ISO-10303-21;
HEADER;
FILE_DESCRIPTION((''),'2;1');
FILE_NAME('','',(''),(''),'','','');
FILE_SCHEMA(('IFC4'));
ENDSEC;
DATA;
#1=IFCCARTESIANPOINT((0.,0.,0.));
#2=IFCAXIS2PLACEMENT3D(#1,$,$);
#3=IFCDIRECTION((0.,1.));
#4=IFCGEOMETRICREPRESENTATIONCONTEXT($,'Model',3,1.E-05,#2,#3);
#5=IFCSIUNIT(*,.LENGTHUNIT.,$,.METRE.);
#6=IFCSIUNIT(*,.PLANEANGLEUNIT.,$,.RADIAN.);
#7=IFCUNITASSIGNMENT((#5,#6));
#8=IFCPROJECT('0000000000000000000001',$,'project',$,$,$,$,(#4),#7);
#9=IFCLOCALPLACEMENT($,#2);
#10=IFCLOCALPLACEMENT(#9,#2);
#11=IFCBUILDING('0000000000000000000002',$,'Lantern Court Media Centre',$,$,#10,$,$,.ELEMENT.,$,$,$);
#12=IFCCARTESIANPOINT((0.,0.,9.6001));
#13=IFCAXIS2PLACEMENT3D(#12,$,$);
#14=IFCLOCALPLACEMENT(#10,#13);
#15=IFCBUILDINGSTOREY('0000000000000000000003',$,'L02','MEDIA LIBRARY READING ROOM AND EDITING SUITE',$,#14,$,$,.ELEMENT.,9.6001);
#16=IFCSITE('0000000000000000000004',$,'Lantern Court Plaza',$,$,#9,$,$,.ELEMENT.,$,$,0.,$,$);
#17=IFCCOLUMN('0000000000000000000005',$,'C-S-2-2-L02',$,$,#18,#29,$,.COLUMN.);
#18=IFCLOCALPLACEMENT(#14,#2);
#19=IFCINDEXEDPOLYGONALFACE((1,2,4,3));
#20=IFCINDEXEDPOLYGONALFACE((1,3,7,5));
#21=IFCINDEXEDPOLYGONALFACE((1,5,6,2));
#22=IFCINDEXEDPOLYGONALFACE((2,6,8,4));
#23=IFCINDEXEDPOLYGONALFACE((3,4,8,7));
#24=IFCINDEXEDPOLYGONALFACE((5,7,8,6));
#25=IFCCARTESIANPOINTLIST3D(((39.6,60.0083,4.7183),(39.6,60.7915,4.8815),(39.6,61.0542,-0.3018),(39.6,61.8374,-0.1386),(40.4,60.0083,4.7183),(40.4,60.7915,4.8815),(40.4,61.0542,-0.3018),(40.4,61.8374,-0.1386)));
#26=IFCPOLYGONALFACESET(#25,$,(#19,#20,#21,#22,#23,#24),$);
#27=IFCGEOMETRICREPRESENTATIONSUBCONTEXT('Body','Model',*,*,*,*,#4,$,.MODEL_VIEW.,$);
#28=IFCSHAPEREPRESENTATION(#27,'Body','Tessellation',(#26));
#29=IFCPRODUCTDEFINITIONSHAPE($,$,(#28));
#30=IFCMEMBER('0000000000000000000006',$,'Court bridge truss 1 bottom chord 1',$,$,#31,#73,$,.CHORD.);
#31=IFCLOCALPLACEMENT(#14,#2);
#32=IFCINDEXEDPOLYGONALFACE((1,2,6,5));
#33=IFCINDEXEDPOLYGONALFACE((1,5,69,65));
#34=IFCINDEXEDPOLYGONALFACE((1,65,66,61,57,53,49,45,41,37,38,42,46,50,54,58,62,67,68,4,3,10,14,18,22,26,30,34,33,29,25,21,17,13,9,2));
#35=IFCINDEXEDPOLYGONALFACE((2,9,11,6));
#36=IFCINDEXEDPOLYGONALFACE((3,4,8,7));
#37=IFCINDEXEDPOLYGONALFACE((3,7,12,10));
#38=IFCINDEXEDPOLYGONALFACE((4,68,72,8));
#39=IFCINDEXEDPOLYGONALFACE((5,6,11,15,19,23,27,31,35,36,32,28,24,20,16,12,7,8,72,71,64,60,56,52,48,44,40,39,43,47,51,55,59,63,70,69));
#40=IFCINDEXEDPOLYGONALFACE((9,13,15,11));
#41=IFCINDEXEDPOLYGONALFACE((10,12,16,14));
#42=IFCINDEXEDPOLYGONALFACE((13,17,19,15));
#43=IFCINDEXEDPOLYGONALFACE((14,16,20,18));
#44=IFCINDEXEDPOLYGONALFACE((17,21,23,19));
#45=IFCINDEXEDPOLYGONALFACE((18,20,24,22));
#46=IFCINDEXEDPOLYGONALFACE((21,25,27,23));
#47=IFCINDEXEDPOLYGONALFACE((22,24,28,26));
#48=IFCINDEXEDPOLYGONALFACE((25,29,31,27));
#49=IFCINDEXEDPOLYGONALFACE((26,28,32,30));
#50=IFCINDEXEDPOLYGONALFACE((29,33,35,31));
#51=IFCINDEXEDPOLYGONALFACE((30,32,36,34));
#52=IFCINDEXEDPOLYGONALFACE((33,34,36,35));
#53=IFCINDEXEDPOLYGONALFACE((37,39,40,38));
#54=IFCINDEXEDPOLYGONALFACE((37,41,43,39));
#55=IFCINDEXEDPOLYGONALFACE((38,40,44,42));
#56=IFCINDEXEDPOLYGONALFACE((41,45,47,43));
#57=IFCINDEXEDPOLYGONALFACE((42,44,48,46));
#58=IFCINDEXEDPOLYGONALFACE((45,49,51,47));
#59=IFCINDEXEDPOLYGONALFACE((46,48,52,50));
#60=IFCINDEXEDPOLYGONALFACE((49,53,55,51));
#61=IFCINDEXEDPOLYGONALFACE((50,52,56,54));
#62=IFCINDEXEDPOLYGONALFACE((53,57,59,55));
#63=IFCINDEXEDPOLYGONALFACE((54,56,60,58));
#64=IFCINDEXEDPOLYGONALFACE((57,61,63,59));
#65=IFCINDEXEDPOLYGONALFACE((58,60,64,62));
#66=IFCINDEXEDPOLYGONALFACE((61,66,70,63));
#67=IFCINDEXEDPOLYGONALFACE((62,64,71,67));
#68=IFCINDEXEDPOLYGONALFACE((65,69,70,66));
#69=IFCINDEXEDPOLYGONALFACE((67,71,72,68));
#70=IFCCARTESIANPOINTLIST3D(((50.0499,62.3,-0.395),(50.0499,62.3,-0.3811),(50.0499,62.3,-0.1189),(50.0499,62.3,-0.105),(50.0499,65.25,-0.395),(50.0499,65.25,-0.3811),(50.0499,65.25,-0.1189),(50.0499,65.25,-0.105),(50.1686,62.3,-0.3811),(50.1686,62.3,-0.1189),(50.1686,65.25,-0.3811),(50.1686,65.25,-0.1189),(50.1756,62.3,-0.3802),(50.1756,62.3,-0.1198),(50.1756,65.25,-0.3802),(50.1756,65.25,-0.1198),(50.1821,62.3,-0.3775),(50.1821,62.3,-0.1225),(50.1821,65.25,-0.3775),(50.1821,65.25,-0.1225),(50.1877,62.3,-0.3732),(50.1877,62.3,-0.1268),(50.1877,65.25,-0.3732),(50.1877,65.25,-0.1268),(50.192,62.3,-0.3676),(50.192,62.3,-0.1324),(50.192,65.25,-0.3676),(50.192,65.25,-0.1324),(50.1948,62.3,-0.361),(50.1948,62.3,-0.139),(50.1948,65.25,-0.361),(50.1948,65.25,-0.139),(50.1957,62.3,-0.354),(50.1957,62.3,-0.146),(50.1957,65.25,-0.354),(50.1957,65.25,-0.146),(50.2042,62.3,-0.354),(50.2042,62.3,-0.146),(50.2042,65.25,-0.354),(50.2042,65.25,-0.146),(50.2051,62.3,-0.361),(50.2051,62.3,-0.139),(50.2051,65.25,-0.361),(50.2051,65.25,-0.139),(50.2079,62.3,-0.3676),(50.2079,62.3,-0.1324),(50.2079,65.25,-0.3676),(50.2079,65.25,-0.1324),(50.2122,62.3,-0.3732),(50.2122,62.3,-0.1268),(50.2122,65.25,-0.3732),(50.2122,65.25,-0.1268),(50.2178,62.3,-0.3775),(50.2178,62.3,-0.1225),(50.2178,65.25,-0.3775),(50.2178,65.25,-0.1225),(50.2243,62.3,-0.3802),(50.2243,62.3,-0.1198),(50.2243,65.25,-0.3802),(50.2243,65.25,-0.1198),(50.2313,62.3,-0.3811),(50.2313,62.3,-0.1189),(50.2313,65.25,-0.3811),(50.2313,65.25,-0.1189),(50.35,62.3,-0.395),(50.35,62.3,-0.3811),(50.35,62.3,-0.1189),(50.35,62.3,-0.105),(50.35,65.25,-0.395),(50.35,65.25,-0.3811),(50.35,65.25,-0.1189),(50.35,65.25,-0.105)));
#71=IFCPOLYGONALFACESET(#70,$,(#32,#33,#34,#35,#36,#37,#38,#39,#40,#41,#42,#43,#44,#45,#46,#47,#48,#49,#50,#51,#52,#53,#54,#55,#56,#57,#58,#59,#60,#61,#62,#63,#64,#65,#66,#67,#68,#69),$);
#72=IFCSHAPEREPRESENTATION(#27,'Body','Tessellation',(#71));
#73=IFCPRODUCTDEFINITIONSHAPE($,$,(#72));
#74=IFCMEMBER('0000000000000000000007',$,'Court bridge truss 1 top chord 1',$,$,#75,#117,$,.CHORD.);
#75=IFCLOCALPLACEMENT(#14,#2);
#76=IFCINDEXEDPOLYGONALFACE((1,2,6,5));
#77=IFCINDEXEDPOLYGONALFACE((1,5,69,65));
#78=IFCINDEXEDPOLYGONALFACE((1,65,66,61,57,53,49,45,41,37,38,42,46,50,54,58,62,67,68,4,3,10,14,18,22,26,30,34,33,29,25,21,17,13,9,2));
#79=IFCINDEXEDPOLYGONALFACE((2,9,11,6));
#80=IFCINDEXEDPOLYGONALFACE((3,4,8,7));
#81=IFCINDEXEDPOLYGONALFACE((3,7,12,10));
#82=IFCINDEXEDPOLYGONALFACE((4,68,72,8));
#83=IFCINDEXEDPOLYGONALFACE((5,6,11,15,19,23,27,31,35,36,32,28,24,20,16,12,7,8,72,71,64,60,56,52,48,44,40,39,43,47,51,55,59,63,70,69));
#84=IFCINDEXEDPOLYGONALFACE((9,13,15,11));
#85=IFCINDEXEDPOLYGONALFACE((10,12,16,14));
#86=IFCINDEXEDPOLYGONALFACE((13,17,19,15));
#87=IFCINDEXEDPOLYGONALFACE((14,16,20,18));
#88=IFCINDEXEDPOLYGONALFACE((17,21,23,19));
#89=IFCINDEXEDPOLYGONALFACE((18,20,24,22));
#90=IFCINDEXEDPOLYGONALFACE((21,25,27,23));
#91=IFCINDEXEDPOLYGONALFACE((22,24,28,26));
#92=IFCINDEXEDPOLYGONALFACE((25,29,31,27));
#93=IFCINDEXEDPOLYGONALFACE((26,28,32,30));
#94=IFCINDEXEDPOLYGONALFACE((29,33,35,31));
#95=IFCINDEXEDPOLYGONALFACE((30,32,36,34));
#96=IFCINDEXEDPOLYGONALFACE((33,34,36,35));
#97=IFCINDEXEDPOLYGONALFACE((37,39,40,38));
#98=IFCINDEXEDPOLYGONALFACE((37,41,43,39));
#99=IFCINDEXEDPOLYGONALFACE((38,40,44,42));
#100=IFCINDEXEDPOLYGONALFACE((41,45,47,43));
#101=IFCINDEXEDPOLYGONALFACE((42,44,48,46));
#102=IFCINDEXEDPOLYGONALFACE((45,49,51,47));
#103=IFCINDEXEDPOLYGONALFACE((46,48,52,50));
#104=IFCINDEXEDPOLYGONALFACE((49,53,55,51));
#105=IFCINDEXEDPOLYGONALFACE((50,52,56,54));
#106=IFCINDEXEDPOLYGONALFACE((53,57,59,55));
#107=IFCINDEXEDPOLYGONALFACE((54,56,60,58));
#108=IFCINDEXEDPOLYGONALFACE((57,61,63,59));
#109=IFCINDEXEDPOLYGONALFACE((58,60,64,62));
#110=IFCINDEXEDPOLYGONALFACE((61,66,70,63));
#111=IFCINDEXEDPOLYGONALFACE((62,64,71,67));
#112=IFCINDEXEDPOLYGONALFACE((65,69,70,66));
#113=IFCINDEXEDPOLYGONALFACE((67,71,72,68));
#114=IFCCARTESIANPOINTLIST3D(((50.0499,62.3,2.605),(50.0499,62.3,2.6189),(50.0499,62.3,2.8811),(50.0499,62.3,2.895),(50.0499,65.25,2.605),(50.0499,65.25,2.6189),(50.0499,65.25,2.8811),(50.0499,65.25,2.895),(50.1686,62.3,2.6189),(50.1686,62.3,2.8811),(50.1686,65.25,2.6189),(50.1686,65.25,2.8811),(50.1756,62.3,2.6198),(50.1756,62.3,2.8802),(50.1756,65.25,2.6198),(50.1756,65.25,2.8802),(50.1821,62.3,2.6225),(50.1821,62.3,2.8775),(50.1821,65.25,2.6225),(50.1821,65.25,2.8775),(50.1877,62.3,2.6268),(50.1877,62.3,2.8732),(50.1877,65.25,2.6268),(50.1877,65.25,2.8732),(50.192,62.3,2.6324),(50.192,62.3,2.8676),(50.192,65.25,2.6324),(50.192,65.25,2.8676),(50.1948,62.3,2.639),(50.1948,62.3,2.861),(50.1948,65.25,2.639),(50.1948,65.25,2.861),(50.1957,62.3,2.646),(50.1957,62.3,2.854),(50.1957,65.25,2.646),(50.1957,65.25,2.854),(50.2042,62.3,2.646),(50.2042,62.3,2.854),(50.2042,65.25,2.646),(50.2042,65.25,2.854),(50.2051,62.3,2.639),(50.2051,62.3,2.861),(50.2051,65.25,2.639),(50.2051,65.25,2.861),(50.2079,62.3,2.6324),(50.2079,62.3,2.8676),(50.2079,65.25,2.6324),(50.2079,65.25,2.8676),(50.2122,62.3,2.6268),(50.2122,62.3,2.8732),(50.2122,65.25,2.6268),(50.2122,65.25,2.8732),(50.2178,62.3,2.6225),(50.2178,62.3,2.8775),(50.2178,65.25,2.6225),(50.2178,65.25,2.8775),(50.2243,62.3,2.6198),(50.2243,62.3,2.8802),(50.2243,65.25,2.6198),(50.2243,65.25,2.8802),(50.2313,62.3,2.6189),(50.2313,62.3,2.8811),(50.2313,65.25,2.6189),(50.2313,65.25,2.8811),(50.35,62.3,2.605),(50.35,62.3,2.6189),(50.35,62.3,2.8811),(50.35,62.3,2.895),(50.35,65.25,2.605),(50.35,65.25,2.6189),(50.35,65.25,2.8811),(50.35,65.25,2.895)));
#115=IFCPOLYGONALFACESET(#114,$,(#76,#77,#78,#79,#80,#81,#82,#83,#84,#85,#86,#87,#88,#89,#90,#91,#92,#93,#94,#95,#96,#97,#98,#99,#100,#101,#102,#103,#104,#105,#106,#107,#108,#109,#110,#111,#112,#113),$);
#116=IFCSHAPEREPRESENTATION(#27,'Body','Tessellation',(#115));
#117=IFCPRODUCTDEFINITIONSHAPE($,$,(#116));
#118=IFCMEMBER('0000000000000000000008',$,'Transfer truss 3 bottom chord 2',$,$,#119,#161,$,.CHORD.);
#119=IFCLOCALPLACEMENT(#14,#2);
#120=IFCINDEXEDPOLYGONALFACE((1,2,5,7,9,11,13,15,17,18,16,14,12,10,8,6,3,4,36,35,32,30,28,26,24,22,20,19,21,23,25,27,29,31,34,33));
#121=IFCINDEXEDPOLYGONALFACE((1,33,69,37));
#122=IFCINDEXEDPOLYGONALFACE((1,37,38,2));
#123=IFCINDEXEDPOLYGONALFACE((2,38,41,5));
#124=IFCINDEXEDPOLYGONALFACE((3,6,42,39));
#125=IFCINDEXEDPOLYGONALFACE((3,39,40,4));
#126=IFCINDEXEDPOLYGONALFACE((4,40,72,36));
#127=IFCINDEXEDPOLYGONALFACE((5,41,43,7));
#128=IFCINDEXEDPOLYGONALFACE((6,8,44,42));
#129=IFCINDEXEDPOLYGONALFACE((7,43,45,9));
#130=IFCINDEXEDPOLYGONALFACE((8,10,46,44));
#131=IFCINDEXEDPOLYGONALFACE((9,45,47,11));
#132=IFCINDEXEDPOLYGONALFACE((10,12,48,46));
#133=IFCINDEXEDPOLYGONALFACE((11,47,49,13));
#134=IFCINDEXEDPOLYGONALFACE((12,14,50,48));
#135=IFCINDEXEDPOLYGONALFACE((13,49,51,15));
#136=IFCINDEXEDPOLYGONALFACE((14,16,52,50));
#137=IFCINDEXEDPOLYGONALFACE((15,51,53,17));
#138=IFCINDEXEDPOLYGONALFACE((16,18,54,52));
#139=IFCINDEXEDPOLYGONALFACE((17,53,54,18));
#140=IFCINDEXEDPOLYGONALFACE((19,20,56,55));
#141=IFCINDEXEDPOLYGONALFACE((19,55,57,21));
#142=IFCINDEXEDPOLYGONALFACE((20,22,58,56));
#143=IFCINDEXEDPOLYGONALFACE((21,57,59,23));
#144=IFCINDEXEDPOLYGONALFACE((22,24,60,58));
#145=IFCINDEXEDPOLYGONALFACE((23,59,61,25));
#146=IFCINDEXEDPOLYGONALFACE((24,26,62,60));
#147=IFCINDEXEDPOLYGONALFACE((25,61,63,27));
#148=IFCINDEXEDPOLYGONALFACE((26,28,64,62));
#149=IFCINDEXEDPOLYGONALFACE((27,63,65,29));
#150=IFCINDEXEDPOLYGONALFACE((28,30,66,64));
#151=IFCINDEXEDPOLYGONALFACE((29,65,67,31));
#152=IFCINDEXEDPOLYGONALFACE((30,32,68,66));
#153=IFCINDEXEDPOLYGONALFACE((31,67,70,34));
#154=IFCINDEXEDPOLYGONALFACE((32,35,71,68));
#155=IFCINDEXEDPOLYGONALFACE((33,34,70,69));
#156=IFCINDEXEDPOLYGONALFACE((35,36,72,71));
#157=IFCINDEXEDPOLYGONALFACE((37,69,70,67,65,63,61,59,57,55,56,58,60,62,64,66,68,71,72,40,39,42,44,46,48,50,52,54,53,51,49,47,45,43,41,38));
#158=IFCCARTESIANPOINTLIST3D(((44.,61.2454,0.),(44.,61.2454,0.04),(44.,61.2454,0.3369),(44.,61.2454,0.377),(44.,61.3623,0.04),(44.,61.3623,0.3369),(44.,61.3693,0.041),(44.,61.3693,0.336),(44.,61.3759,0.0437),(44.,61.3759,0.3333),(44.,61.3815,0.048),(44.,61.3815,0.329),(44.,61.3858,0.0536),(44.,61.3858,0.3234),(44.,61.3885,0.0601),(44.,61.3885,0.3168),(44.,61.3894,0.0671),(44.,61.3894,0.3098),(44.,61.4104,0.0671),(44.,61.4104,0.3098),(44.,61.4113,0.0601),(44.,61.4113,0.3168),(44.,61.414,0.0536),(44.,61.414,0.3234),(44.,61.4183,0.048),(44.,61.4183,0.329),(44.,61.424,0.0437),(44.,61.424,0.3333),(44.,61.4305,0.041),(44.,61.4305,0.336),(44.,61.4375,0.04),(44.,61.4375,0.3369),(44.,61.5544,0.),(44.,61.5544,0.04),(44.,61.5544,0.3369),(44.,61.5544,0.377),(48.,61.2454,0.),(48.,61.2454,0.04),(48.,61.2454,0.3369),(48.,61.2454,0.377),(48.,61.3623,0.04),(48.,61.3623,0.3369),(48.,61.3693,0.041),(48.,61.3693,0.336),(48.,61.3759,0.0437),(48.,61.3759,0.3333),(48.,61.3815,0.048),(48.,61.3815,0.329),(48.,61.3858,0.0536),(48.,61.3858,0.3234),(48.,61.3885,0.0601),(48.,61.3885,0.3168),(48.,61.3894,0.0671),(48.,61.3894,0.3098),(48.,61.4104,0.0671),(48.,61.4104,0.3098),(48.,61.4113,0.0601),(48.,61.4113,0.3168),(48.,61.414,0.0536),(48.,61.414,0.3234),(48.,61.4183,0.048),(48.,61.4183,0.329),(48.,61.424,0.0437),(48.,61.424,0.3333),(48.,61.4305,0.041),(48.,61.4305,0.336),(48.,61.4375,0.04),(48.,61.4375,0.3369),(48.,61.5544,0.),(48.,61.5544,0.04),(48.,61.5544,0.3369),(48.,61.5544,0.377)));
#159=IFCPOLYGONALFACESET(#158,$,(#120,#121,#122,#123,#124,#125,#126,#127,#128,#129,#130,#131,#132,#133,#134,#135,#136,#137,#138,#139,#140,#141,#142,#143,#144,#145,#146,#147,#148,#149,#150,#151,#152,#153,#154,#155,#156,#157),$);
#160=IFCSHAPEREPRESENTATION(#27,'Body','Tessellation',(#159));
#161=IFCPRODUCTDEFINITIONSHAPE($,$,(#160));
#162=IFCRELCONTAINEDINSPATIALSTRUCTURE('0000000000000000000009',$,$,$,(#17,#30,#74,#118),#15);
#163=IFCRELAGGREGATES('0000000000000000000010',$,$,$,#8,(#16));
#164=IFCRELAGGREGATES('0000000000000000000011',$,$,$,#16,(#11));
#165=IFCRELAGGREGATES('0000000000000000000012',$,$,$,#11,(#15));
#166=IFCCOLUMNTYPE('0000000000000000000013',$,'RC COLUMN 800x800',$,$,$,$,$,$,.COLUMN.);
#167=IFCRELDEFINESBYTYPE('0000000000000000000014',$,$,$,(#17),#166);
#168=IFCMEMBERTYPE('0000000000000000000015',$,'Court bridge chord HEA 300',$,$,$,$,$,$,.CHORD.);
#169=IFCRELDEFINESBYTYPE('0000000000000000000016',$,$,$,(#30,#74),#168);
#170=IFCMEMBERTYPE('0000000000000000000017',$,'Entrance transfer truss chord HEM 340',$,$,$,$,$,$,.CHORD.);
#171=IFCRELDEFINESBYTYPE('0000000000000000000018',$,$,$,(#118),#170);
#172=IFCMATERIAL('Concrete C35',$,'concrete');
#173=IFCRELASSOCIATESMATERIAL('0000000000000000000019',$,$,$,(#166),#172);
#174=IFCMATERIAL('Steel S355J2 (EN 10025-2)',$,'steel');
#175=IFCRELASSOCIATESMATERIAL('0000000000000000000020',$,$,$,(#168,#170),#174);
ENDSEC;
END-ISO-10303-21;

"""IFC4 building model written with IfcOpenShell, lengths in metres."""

from ifc_helpers import new_model, si_unit, direction, frame, origin, origin_2d, place, context, subcontext, project, spatial, rectangle, i_section, extrude, material, material_profile, profile_set, type_object, element, save


model = new_model("IFC4")

# Units and contexts
model_context = context("Model", 3, precision=1e-05, world=origin(), true_north=direction((0.0, 1.0)))
body_context = subcontext(model_context, "Body", "Model", "MODEL_VIEW")
ifc_project = project(units=[si_unit("LENGTHUNIT", "METRE"), si_unit("PLANEANGLEUNIT", "RADIAN")], contexts=[model_context])

# Site, building, storey
site_placement = place(None, origin())
site = spatial("IfcSite", under=ifc_project, at=site_placement, Name="Lantern Court Plaza", CompositionType="ELEMENT", RefElevation=0.0)
building_placement = place(site_placement, origin())
building = spatial("IfcBuilding", under=site, at=building_placement, Name="Lantern Court Media Centre", CompositionType="ELEMENT")
storey_placement = place(building_placement, frame((0.0, 0.0, 9.6001)))
storey = spatial("IfcBuildingStorey", under=building, at=storey_placement, Name="L02", Description="MEDIA LIBRARY READING ROOM AND EDITING SUITE", CompositionType="ELEMENT", Elevation=9.6001)

# Column
ifc_material_1 = material(Name="Concrete C35", Category="concrete")
ifc_material_profile_1 = material_profile(ifc_material_1, rectangle(XDim=0.8, YDim=0.8, at=origin_2d()), Name="RC 800x800")
ifc_profile_set_1 = profile_set([ifc_material_profile_1], Name="Concrete C35")
column_type = type_object("IfcColumnType", Name="RC COLUMN 800x800", PredefinedType="COLUMN", material=ifc_profile_set_1)
column_placement = place(storey_placement, frame((40.0, 61.4458, -0.2202), z_axis=(0.0, -0.203966, 0.978978), x_axis=(1.0, 0.0, 0.0)))
element("IfcColumn", 1, at=column_placement, inside=storey, type_object=column_type, Name="C-S-2-2-L02", PredefinedType="COLUMN", context=body_context, shape_type="SweptSolid", body=[
    extrude(rectangle(XDim=0.8, YDim=0.8, at=origin_2d()), origin(), (0.0, 0.0, 1.0), 5.1279),
])

# Members
ifc_material_2 = material(Name="Steel S355J2 (EN 10025-2)", Category="steel")
ifc_material_profile_2 = material_profile(ifc_material_2, i_section(OverallWidth=0.3, OverallDepth=0.29, WebThickness=0.0085, FlangeThickness=0.0139, FilletRadius=0.0271, at=origin_2d()), Name="HEA 300")
ifc_profile_set_2 = profile_set([ifc_material_profile_2], Name="Steel S355J2 (EN 10025-2)")
member_type_1 = type_object("IfcMemberType", Name="Court bridge chord HEA 300", PredefinedType="CHORD", material=ifc_profile_set_2)
for number, where, z_axis, x_axis, name in (
    (2, (50.2, 62.3, -0.25), (0.0, 1.0, 0.0), (-1.0, 0.0, 0.0), "Court bridge truss 1 bottom chord 1"),
    (3, (50.2, 62.3, 2.75), (0.0, 1.0, 0.0), (-1.0, 0.0, 0.0), "Court bridge truss 1 top chord 1"),
):
    element("IfcMember", number, at=place(storey_placement, frame(where, z_axis=z_axis, x_axis=x_axis)), inside=storey, type_object=member_type_1, Name=name, PredefinedType="CHORD", context=body_context, shape_type="SweptSolid", body=[
        extrude(i_section(OverallWidth=0.3, OverallDepth=0.29, WebThickness=0.0085, FlangeThickness=0.0139, FilletRadius=0.0271, at=origin_2d()), origin(), (0.0, 0.0, 1.0), 2.95),
    ])
ifc_material_profile_3 = material_profile(ifc_material_2, i_section(OverallWidth=0.3091, OverallDepth=0.377, WebThickness=0.021, FlangeThickness=0.04, FilletRadius=0.0271, at=origin_2d()), Name="HEM 340")
ifc_profile_set_3 = profile_set([ifc_material_profile_3], Name="Steel S355J2 (EN 10025-2)")
member_type_2 = type_object("IfcMemberType", Name="Entrance transfer truss chord HEM 340", PredefinedType="CHORD", material=ifc_profile_set_3)
for number, where, z_axis, x_axis, name in (
    (4, (44.0, 61.3999, 0.1885), (1.0, 0.0, 0.0), (0.0, 1.0, 0.0), "Transfer truss 3 bottom chord 2"),
):
    element("IfcMember", number, at=place(storey_placement, frame(where, z_axis=z_axis, x_axis=x_axis)), inside=storey, type_object=member_type_2, Name=name, PredefinedType="CHORD", context=body_context, shape_type="SweptSolid", body=[
        extrude(i_section(OverallWidth=0.3091, OverallDepth=0.377, WebThickness=0.021, FlangeThickness=0.04, FilletRadius=0.0271, at=origin_2d()), origin(), (0.0, 0.0, 1.0), 4.0),
    ])

save(model, "model.ifc")
